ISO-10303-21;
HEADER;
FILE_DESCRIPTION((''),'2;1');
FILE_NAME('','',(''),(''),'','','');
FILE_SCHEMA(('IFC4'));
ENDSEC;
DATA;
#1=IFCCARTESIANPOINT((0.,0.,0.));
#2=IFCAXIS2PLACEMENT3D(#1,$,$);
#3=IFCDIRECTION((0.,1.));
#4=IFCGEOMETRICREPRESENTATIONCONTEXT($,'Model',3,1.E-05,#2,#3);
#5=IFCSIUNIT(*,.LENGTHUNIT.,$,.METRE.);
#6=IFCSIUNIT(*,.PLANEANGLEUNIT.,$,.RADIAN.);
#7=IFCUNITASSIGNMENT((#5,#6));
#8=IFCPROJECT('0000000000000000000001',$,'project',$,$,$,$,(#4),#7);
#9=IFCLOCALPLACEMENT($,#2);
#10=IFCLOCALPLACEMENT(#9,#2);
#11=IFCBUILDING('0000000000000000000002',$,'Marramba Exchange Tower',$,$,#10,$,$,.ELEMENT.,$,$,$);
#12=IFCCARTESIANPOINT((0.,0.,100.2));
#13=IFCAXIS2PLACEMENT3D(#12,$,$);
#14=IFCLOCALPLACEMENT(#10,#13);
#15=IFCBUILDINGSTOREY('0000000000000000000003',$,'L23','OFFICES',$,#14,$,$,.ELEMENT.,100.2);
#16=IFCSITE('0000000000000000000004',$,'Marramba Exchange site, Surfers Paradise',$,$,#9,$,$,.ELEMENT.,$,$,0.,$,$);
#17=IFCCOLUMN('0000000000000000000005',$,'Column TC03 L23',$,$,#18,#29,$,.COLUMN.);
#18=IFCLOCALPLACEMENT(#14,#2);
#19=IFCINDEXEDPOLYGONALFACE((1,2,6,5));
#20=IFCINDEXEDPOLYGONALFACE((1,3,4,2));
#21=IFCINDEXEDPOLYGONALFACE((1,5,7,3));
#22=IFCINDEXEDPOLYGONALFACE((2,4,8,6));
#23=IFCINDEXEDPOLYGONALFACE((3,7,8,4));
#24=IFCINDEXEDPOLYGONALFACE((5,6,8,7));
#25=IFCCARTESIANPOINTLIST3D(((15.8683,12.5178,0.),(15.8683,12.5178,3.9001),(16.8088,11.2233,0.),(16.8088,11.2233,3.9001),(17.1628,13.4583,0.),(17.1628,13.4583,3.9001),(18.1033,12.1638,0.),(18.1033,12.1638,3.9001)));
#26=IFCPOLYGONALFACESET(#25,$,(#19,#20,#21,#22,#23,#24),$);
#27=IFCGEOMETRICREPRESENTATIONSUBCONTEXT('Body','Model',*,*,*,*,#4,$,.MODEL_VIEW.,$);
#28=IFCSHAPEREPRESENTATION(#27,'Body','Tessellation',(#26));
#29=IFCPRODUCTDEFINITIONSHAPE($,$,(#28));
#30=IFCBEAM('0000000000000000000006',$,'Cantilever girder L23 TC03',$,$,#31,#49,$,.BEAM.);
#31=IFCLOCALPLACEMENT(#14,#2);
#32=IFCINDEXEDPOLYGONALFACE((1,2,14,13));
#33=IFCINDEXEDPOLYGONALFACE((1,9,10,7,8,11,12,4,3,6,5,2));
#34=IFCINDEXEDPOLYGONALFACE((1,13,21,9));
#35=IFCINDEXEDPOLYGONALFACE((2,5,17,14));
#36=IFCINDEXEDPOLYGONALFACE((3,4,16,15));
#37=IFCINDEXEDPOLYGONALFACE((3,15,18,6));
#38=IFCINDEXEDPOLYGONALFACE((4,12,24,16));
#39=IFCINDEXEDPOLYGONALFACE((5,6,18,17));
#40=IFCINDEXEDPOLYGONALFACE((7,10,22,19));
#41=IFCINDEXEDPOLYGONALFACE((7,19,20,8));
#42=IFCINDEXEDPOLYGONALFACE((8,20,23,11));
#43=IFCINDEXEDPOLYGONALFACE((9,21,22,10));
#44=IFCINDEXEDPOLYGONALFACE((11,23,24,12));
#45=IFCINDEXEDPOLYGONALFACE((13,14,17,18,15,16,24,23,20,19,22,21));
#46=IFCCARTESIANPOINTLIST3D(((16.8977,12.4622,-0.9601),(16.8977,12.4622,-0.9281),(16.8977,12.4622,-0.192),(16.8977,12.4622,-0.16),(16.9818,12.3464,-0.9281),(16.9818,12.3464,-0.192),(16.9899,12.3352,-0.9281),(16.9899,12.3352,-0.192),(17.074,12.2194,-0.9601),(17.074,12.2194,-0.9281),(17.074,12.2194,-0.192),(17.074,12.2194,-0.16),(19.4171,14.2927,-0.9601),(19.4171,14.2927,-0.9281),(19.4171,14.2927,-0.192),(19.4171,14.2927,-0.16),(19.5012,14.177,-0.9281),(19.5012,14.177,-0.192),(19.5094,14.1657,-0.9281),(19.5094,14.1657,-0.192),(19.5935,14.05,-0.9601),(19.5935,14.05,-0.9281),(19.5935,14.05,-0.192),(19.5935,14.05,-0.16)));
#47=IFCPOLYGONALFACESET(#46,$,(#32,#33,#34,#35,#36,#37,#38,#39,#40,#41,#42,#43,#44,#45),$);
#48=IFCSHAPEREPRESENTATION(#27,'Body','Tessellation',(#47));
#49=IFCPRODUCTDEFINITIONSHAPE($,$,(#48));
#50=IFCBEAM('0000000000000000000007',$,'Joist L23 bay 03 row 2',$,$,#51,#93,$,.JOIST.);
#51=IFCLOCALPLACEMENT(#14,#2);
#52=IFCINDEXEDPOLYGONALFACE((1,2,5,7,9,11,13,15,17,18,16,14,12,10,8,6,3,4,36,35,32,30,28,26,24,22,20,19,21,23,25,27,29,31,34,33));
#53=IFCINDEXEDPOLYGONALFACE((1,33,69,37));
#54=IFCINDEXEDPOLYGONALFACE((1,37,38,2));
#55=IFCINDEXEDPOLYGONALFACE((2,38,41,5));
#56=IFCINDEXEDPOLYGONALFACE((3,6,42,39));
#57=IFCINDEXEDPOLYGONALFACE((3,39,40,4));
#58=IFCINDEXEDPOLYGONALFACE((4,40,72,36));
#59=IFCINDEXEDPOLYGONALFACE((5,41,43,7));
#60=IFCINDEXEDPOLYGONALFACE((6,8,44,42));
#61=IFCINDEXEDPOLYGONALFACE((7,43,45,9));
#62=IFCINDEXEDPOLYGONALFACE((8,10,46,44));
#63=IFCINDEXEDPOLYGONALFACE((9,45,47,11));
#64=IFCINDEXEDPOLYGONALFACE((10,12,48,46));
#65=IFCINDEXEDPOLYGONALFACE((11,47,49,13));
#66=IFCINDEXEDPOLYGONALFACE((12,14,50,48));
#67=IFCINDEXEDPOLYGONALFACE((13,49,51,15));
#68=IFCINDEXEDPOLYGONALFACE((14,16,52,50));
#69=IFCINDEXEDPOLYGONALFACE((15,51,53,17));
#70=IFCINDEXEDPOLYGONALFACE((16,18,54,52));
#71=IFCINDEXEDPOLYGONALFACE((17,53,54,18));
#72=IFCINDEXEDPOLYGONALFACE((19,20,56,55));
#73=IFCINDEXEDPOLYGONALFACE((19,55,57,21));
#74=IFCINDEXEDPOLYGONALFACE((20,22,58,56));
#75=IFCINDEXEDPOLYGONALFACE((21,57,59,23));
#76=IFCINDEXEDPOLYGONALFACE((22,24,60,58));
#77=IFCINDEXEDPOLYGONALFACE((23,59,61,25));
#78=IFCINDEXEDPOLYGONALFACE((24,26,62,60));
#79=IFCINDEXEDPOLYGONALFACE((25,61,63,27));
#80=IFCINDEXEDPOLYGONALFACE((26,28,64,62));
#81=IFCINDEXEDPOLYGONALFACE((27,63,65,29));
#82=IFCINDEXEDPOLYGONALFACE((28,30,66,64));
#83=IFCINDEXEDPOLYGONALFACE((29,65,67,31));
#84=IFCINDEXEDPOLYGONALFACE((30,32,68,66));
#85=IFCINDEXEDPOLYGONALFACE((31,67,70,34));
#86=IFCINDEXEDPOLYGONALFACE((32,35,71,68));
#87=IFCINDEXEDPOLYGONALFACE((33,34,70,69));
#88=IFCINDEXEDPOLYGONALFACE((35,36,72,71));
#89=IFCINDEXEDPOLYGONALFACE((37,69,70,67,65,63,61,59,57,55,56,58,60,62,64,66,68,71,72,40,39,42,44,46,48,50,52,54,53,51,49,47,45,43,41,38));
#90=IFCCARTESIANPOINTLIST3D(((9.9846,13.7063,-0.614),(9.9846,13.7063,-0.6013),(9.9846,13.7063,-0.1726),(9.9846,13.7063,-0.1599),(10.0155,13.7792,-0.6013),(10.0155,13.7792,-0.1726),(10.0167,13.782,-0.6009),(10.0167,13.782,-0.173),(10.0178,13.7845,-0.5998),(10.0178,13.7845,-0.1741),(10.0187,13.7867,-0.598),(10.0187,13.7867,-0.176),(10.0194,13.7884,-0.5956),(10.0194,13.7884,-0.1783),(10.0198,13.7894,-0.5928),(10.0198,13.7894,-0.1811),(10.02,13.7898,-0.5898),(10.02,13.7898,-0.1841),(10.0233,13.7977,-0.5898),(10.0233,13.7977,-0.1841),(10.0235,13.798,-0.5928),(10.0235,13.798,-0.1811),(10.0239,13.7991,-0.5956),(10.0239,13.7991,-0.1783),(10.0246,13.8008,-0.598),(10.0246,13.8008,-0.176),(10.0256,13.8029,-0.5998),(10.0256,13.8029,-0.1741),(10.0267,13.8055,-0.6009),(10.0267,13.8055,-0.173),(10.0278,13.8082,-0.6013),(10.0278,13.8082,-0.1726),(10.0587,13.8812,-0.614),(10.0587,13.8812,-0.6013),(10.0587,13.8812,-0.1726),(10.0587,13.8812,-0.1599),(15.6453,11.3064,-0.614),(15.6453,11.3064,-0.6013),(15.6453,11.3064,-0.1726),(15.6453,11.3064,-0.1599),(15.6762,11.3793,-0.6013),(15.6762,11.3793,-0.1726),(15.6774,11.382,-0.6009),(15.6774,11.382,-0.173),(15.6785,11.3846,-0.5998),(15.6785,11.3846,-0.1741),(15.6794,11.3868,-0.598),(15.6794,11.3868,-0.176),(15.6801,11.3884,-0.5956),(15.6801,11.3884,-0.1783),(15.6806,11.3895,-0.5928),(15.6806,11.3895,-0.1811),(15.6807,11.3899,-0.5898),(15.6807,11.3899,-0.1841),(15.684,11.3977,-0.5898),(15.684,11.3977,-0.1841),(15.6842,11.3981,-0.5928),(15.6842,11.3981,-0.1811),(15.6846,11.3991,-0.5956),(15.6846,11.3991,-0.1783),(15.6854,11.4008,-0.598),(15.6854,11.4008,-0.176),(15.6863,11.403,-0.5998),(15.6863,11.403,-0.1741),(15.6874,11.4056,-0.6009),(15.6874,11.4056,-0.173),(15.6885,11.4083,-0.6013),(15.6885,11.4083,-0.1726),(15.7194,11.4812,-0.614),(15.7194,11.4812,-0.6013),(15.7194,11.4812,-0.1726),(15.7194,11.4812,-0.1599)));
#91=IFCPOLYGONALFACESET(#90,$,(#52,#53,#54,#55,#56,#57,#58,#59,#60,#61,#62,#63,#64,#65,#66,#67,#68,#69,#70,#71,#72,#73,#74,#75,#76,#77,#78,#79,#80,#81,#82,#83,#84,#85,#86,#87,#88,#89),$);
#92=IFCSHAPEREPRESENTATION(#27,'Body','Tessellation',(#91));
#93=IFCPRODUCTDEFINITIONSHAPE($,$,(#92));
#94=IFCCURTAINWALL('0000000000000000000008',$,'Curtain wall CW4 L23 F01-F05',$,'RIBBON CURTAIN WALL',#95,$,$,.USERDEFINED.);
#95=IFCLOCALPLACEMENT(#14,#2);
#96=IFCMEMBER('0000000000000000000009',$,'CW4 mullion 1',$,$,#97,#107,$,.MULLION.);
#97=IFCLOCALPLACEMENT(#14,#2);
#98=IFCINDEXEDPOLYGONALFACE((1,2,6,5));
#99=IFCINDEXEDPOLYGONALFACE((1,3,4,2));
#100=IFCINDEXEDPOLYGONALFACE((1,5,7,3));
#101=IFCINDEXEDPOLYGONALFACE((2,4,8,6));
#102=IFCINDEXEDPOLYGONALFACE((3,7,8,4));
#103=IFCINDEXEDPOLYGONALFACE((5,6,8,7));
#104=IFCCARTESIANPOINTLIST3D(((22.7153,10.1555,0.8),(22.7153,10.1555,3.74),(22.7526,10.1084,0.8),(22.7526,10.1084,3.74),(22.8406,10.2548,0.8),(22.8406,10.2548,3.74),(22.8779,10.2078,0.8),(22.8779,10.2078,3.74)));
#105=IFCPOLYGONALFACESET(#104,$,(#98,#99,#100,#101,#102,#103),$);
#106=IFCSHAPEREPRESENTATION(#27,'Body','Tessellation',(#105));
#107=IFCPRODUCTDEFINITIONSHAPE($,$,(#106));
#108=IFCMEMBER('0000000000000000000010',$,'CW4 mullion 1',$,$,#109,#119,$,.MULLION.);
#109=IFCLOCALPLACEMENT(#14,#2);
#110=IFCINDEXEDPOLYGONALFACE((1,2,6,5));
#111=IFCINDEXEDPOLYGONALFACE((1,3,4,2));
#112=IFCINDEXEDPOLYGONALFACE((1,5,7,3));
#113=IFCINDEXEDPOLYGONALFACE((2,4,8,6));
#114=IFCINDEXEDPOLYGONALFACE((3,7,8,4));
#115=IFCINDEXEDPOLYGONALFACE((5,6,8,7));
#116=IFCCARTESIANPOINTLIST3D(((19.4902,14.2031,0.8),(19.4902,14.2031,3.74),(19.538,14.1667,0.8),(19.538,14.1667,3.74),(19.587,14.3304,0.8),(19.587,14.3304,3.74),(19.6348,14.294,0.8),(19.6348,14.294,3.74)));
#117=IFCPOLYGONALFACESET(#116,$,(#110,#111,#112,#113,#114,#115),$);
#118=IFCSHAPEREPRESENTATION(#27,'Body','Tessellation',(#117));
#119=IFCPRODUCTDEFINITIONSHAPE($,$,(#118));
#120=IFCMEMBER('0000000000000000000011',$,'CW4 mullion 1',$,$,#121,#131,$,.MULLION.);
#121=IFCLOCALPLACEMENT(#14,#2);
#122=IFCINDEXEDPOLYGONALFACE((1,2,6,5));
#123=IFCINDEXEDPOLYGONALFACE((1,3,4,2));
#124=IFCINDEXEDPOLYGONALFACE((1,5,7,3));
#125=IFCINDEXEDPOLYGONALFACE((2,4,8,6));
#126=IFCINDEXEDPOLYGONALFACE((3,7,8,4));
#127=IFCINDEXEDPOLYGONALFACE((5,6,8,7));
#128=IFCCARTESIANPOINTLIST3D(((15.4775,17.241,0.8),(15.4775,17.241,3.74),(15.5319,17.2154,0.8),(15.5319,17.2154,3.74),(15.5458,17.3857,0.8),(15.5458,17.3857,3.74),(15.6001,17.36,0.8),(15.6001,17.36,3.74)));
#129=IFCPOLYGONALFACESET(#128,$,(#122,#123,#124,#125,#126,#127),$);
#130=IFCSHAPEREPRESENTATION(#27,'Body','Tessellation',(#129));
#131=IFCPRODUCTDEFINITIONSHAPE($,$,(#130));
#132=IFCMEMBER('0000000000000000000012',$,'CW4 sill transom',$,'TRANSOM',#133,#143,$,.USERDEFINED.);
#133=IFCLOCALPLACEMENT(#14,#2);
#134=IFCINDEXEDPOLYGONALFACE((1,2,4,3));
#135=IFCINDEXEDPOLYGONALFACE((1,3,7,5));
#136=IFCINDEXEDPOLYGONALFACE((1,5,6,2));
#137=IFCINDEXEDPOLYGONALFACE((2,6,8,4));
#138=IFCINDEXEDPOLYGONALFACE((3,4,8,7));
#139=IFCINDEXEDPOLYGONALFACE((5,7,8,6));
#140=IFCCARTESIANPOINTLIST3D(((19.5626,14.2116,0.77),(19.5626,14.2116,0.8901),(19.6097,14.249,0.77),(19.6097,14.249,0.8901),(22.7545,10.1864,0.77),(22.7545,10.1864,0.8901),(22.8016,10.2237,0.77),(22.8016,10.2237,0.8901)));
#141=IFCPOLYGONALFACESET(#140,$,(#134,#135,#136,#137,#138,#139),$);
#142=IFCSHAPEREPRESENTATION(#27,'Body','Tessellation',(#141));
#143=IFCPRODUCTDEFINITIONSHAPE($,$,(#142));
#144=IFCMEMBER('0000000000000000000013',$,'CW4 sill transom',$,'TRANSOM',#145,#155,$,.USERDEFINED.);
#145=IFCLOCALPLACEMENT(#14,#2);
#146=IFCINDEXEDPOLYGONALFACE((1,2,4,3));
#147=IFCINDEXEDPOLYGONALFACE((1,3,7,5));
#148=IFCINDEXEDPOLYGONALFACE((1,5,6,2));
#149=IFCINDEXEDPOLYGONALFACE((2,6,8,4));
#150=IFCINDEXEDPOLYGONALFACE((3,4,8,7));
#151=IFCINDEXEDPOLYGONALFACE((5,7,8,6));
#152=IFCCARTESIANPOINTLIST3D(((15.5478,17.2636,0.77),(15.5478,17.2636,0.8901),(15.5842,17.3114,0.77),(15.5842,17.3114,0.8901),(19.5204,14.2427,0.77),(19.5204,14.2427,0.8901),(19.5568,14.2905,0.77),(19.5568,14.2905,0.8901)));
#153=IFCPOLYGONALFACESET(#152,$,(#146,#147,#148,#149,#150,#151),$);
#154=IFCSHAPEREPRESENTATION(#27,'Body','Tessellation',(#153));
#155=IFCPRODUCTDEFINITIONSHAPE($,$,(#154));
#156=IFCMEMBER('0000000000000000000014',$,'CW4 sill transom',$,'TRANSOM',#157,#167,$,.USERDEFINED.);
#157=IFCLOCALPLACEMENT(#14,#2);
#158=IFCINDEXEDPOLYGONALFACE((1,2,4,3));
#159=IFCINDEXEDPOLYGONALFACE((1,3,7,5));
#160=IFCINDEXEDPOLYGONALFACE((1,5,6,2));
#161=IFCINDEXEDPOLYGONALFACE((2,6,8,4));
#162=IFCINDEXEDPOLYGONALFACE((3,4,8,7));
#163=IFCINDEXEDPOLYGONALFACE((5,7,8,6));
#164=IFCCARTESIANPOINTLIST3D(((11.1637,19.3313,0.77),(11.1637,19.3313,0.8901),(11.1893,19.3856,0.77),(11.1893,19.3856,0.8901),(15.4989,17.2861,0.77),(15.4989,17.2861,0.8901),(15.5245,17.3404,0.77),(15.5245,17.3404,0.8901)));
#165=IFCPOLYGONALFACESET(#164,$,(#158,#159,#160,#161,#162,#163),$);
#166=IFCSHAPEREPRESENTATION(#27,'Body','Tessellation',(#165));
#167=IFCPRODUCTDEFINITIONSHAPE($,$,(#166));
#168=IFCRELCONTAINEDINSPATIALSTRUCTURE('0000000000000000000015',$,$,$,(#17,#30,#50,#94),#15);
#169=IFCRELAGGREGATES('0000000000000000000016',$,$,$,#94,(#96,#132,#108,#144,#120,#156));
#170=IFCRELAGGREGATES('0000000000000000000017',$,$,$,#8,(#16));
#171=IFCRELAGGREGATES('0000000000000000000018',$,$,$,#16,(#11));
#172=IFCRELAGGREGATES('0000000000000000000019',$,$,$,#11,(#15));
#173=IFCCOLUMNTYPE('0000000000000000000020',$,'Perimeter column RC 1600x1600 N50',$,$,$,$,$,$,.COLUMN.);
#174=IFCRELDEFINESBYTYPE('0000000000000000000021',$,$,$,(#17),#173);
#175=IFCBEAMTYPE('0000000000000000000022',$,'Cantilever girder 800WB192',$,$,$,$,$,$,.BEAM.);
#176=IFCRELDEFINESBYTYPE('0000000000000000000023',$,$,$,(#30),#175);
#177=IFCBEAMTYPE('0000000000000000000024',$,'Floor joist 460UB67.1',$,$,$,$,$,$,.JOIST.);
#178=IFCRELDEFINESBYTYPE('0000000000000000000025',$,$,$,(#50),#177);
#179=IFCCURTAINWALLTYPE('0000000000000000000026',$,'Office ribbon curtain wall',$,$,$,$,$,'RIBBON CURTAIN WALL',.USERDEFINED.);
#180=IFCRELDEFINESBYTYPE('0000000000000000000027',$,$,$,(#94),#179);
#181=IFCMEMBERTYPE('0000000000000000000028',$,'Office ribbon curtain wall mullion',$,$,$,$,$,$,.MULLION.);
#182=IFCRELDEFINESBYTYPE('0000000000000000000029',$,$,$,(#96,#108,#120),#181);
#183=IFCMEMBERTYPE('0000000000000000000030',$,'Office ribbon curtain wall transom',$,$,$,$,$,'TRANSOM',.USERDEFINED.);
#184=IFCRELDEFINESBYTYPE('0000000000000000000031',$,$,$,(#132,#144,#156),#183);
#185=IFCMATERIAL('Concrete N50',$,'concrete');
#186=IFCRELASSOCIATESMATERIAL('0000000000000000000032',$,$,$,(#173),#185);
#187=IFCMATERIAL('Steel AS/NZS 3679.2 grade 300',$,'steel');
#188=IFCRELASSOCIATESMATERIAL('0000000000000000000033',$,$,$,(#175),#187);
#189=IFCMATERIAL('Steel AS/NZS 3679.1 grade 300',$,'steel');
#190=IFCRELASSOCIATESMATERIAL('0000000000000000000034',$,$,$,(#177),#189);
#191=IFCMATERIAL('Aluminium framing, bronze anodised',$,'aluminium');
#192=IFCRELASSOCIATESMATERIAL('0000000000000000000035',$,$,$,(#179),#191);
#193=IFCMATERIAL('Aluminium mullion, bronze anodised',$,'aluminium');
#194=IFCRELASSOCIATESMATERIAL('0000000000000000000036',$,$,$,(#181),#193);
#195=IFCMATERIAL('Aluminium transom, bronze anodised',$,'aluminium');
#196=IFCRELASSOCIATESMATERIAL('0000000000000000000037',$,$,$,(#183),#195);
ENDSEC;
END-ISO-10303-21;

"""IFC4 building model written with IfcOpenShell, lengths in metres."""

from ifc_helpers import new_model, si_unit, direction, frame, origin, origin_2d, place, context, subcontext, project, spatial, rectangle, i_section, extrude, material, material_profile, profile_set, type_object, element, aggregate, save


model = new_model("IFC4")

# Units and contexts
model_context = context("Model", 3, precision=1e-05, world=origin(), true_north=direction((0.0, 1.0)))
body_context = subcontext(model_context, "Body", "Model", "MODEL_VIEW")
ifc_project = project(units=[si_unit("LENGTHUNIT", "METRE"), si_unit("PLANEANGLEUNIT", "RADIAN")], contexts=[model_context])

# Site, building, storey
site_placement = place(None, origin())
site = spatial("IfcSite", under=ifc_project, at=site_placement, Name="Marramba Exchange site, Surfers Paradise", CompositionType="ELEMENT", RefElevation=0.0)
building_placement = place(site_placement, origin())
building = spatial("IfcBuilding", under=site, at=building_placement, Name="Marramba Exchange Tower", CompositionType="ELEMENT")
storey_placement = place(building_placement, frame((0.0, 0.0, 100.2)))
storey = spatial("IfcBuildingStorey", under=building, at=storey_placement, Name="L23", Description="OFFICES", CompositionType="ELEMENT", Elevation=100.2)

# Column
ifc_material_1 = material(Name="Concrete N50", Category="concrete")
ifc_material_profile_1 = material_profile(ifc_material_1, rectangle(XDim=1.6001, YDim=1.6001, at=origin_2d()), Name="RC 1600x1600")
ifc_profile_set_1 = profile_set([ifc_material_profile_1], Name="Concrete N50")
column_type = type_object("IfcColumnType", Name="Perimeter column RC 1600x1600 N50", PredefinedType="COLUMN", material=ifc_profile_set_1)
column_placement = place(storey_placement, frame((16.9858, 12.3408, 0.0), z_axis=(0.0, 0.0, 1.0), x_axis=(0.809017, 0.587785, 0.0)))
element("IfcColumn", 1, at=column_placement, inside=storey, type_object=column_type, Name="Column TC03 L23", PredefinedType="COLUMN", context=body_context, shape_type="SweptSolid", body=[
    extrude(rectangle(XDim=1.6001, YDim=1.6001, at=origin_2d()), origin(), (0.0, 0.0, 1.0), 3.9001),
])

# Beams
ifc_material_2 = material(Name="Steel AS/NZS 3679.2 grade 300", Category="steel")
ifc_material_profile_2 = material_profile(ifc_material_2, i_section(OverallWidth=0.3, OverallDepth=0.8, WebThickness=0.0139, FlangeThickness=0.032, at=origin_2d()), Name="800WB192")
ifc_profile_set_2 = profile_set([ifc_material_profile_2], Name="Steel AS/NZS 3679.2 grade 300")
beam_type_1 = type_object("IfcBeamType", Name="Cantilever girder 800WB192", PredefinedType="BEAM", material=ifc_profile_set_2)
beam_1_placement = place(storey_placement, frame((16.9858, 12.3408, -0.5601), z_axis=(0.809014, 0.587789, 0.0), x_axis=(-0.587789, 0.809014, 0.0)))
element("IfcBeam", 2, at=beam_1_placement, inside=storey, type_object=beam_type_1, Name="Cantilever girder L23 TC03", PredefinedType="BEAM", context=body_context, shape_type="SweptSolid", body=[
    extrude(i_section(OverallWidth=0.3, OverallDepth=0.8, WebThickness=0.0139, FlangeThickness=0.032, at=origin_2d()), origin(), (0.0, 0.0, 1.0), 3.1143),
])
ifc_material_3 = material(Name="Steel AS/NZS 3679.1 grade 300", Category="steel")
ifc_material_profile_3 = material_profile(ifc_material_3, i_section(OverallWidth=0.1899, OverallDepth=0.4541, WebThickness=0.0085, FlangeThickness=0.0127, FilletRadius=0.0115, at=origin_2d()), Name="460UB67.1")
ifc_profile_set_3 = profile_set([ifc_material_profile_3], Name="Steel AS/NZS 3679.1 grade 300")
beam_type_2 = type_object("IfcBeamType", Name="Floor joist 460UB67.1", PredefinedType="JOIST", material=ifc_profile_set_3)
beam_2_placement = place(storey_placement, frame((15.6824, 11.3938, -0.387), z_axis=(-0.920674, 0.390332, 0.0), x_axis=(-0.390332, -0.920674, 0.0)))
element("IfcBeam", 3, at=beam_2_placement, inside=storey, type_object=beam_type_2, Name="Joist L23 bay 03 row 2", PredefinedType="JOIST", context=body_context, shape_type="SweptSolid", body=[
    extrude(i_section(OverallWidth=0.1899, OverallDepth=0.4541, WebThickness=0.0085, FlangeThickness=0.0127, FilletRadius=0.0115, at=origin_2d()), origin(), (0.0, 0.0, 1.0), 6.1484),
])

# Curtain wall, members
ifc_material_4 = material(Name="Aluminium framing, bronze anodised", Category="aluminium")
curtain_wall_type = type_object("IfcCurtainWallType", Name="Office ribbon curtain wall", ElementType="RIBBON CURTAIN WALL", PredefinedType="USERDEFINED", material=ifc_material_4)
curtain_wall_placement = place(storey_placement, origin())
curtain_wall = element("IfcCurtainWall", 4, at=curtain_wall_placement, inside=storey, type_object=curtain_wall_type, Name="Curtain wall CW4 L23 F01-F05", ObjectType="RIBBON CURTAIN WALL", PredefinedType="USERDEFINED")
ifc_material_5 = material(Name="Aluminium mullion, bronze anodised", Category="aluminium")
ifc_material_profile_4 = material_profile(ifc_material_5, rectangle(XDim=0.1599, YDim=0.0601, at=origin_2d()), Name="CW4 mullion 60x160")
ifc_profile_set_4 = profile_set([ifc_material_profile_4], Name="Aluminium mullion, bronze anodised")
member_type_1 = type_object("IfcMemberType", Name="Office ribbon curtain wall mullion", PredefinedType="MULLION", material=ifc_profile_set_4)
member_1_placement = place(storey_placement, frame((22.7966, 10.1816, 0.8), z_axis=(0.0, 0.0, 1.0), x_axis=(-0.783563, -0.621312, 0.0)))
member_1 = element("IfcMember", 5, at=member_1_placement, type_object=member_type_1, Name="CW4 mullion 1", PredefinedType="MULLION", context=body_context, shape_type="SweptSolid", body=[
    extrude(rectangle(XDim=0.1599, YDim=0.0601, at=origin_2d()), origin(), (0.0, 0.0, 1.0), 2.9399),
])
member_2_placement = place(storey_placement, frame((19.5625, 14.2485, 0.8), z_axis=(0.0, 0.0, 1.0), x_axis=(-0.605334, -0.795972, 0.0)))
member_2 = element("IfcMember", 6, at=member_2_placement, type_object=member_type_1, Name="CW4 mullion 1", PredefinedType="MULLION", context=body_context, shape_type="SweptSolid", body=[
    extrude(rectangle(XDim=0.1599, YDim=0.0601, at=origin_2d()), origin(), (0.0, 0.0, 1.0), 2.9399),
])
member_3_placement = place(storey_placement, frame((15.5388, 17.3005, 0.8), z_axis=(0.0, 0.0, 1.0), x_axis=(-0.426679, -0.904403, 0.0)))
member_3 = element("IfcMember", 7, at=member_3_placement, type_object=member_type_1, Name="CW4 mullion 1", PredefinedType="MULLION", context=body_context, shape_type="SweptSolid", body=[
    extrude(rectangle(XDim=0.1599, YDim=0.0601, at=origin_2d()), origin(), (0.0, 0.0, 1.0), 2.9399),
])
ifc_material_6 = material(Name="Aluminium transom, bronze anodised", Category="aluminium")
ifc_material_profile_5 = material_profile(ifc_material_6, rectangle(XDim=0.0601, YDim=0.1201, at=origin_2d()), Name="CW4 transom 60x120")
ifc_profile_set_5 = profile_set([ifc_material_profile_5], Name="Aluminium transom, bronze anodised")
member_type_2 = type_object("IfcMemberType", Name="Office ribbon curtain wall transom", ElementType="TRANSOM", PredefinedType="USERDEFINED", material=ifc_profile_set_5)
member_4_placement = place(storey_placement, frame((22.7781, 10.2051, 0.8301), z_axis=(-0.621339, 0.783542, 0.0), x_axis=(-0.783542, -0.621339, 0.0)))
member_4 = element("IfcMember", 8, at=member_4_placement, type_object=member_type_2, Name="CW4 sill transom", ObjectType="TRANSOM", PredefinedType="USERDEFINED", context=body_context, shape_type="SweptSolid", body=[
    extrude(rectangle(XDim=0.0601, YDim=0.1201, at=origin_2d()), origin(), (0.0, 0.0, 1.0), 5.1372),
])
member_5_placement = place(storey_placement, frame((19.5386, 14.2666, 0.8301), z_axis=(-0.795991, 0.605309, 0.0), x_axis=(-0.605309, -0.795991, 0.0)))
member_5 = element("IfcMember", 9, at=member_5_placement, type_object=member_type_2, Name="CW4 sill transom", ObjectType="TRANSOM", PredefinedType="USERDEFINED", context=body_context, shape_type="SweptSolid", body=[
    extrude(rectangle(XDim=0.0601, YDim=0.1201, at=origin_2d()), origin(), (0.0, 0.0, 1.0), 4.9907),
])
member_6_placement = place(storey_placement, frame((15.5117, 17.3132, 0.8301), z_axis=(-0.904411, 0.426663, 0.0), x_axis=(-0.426663, -0.904411, 0.0)))
member_6 = element("IfcMember", 10, at=member_6_placement, type_object=member_type_2, Name="CW4 sill transom", ObjectType="TRANSOM", PredefinedType="USERDEFINED", context=body_context, shape_type="SweptSolid", body=[
    extrude(rectangle(XDim=0.0601, YDim=0.1201, at=origin_2d()), origin(), (0.0, 0.0, 1.0), 4.7935),
])

aggregate(curtain_wall, [member_1, member_4, member_2, member_5, member_3, member_6])

save(model, "model.ifc")
